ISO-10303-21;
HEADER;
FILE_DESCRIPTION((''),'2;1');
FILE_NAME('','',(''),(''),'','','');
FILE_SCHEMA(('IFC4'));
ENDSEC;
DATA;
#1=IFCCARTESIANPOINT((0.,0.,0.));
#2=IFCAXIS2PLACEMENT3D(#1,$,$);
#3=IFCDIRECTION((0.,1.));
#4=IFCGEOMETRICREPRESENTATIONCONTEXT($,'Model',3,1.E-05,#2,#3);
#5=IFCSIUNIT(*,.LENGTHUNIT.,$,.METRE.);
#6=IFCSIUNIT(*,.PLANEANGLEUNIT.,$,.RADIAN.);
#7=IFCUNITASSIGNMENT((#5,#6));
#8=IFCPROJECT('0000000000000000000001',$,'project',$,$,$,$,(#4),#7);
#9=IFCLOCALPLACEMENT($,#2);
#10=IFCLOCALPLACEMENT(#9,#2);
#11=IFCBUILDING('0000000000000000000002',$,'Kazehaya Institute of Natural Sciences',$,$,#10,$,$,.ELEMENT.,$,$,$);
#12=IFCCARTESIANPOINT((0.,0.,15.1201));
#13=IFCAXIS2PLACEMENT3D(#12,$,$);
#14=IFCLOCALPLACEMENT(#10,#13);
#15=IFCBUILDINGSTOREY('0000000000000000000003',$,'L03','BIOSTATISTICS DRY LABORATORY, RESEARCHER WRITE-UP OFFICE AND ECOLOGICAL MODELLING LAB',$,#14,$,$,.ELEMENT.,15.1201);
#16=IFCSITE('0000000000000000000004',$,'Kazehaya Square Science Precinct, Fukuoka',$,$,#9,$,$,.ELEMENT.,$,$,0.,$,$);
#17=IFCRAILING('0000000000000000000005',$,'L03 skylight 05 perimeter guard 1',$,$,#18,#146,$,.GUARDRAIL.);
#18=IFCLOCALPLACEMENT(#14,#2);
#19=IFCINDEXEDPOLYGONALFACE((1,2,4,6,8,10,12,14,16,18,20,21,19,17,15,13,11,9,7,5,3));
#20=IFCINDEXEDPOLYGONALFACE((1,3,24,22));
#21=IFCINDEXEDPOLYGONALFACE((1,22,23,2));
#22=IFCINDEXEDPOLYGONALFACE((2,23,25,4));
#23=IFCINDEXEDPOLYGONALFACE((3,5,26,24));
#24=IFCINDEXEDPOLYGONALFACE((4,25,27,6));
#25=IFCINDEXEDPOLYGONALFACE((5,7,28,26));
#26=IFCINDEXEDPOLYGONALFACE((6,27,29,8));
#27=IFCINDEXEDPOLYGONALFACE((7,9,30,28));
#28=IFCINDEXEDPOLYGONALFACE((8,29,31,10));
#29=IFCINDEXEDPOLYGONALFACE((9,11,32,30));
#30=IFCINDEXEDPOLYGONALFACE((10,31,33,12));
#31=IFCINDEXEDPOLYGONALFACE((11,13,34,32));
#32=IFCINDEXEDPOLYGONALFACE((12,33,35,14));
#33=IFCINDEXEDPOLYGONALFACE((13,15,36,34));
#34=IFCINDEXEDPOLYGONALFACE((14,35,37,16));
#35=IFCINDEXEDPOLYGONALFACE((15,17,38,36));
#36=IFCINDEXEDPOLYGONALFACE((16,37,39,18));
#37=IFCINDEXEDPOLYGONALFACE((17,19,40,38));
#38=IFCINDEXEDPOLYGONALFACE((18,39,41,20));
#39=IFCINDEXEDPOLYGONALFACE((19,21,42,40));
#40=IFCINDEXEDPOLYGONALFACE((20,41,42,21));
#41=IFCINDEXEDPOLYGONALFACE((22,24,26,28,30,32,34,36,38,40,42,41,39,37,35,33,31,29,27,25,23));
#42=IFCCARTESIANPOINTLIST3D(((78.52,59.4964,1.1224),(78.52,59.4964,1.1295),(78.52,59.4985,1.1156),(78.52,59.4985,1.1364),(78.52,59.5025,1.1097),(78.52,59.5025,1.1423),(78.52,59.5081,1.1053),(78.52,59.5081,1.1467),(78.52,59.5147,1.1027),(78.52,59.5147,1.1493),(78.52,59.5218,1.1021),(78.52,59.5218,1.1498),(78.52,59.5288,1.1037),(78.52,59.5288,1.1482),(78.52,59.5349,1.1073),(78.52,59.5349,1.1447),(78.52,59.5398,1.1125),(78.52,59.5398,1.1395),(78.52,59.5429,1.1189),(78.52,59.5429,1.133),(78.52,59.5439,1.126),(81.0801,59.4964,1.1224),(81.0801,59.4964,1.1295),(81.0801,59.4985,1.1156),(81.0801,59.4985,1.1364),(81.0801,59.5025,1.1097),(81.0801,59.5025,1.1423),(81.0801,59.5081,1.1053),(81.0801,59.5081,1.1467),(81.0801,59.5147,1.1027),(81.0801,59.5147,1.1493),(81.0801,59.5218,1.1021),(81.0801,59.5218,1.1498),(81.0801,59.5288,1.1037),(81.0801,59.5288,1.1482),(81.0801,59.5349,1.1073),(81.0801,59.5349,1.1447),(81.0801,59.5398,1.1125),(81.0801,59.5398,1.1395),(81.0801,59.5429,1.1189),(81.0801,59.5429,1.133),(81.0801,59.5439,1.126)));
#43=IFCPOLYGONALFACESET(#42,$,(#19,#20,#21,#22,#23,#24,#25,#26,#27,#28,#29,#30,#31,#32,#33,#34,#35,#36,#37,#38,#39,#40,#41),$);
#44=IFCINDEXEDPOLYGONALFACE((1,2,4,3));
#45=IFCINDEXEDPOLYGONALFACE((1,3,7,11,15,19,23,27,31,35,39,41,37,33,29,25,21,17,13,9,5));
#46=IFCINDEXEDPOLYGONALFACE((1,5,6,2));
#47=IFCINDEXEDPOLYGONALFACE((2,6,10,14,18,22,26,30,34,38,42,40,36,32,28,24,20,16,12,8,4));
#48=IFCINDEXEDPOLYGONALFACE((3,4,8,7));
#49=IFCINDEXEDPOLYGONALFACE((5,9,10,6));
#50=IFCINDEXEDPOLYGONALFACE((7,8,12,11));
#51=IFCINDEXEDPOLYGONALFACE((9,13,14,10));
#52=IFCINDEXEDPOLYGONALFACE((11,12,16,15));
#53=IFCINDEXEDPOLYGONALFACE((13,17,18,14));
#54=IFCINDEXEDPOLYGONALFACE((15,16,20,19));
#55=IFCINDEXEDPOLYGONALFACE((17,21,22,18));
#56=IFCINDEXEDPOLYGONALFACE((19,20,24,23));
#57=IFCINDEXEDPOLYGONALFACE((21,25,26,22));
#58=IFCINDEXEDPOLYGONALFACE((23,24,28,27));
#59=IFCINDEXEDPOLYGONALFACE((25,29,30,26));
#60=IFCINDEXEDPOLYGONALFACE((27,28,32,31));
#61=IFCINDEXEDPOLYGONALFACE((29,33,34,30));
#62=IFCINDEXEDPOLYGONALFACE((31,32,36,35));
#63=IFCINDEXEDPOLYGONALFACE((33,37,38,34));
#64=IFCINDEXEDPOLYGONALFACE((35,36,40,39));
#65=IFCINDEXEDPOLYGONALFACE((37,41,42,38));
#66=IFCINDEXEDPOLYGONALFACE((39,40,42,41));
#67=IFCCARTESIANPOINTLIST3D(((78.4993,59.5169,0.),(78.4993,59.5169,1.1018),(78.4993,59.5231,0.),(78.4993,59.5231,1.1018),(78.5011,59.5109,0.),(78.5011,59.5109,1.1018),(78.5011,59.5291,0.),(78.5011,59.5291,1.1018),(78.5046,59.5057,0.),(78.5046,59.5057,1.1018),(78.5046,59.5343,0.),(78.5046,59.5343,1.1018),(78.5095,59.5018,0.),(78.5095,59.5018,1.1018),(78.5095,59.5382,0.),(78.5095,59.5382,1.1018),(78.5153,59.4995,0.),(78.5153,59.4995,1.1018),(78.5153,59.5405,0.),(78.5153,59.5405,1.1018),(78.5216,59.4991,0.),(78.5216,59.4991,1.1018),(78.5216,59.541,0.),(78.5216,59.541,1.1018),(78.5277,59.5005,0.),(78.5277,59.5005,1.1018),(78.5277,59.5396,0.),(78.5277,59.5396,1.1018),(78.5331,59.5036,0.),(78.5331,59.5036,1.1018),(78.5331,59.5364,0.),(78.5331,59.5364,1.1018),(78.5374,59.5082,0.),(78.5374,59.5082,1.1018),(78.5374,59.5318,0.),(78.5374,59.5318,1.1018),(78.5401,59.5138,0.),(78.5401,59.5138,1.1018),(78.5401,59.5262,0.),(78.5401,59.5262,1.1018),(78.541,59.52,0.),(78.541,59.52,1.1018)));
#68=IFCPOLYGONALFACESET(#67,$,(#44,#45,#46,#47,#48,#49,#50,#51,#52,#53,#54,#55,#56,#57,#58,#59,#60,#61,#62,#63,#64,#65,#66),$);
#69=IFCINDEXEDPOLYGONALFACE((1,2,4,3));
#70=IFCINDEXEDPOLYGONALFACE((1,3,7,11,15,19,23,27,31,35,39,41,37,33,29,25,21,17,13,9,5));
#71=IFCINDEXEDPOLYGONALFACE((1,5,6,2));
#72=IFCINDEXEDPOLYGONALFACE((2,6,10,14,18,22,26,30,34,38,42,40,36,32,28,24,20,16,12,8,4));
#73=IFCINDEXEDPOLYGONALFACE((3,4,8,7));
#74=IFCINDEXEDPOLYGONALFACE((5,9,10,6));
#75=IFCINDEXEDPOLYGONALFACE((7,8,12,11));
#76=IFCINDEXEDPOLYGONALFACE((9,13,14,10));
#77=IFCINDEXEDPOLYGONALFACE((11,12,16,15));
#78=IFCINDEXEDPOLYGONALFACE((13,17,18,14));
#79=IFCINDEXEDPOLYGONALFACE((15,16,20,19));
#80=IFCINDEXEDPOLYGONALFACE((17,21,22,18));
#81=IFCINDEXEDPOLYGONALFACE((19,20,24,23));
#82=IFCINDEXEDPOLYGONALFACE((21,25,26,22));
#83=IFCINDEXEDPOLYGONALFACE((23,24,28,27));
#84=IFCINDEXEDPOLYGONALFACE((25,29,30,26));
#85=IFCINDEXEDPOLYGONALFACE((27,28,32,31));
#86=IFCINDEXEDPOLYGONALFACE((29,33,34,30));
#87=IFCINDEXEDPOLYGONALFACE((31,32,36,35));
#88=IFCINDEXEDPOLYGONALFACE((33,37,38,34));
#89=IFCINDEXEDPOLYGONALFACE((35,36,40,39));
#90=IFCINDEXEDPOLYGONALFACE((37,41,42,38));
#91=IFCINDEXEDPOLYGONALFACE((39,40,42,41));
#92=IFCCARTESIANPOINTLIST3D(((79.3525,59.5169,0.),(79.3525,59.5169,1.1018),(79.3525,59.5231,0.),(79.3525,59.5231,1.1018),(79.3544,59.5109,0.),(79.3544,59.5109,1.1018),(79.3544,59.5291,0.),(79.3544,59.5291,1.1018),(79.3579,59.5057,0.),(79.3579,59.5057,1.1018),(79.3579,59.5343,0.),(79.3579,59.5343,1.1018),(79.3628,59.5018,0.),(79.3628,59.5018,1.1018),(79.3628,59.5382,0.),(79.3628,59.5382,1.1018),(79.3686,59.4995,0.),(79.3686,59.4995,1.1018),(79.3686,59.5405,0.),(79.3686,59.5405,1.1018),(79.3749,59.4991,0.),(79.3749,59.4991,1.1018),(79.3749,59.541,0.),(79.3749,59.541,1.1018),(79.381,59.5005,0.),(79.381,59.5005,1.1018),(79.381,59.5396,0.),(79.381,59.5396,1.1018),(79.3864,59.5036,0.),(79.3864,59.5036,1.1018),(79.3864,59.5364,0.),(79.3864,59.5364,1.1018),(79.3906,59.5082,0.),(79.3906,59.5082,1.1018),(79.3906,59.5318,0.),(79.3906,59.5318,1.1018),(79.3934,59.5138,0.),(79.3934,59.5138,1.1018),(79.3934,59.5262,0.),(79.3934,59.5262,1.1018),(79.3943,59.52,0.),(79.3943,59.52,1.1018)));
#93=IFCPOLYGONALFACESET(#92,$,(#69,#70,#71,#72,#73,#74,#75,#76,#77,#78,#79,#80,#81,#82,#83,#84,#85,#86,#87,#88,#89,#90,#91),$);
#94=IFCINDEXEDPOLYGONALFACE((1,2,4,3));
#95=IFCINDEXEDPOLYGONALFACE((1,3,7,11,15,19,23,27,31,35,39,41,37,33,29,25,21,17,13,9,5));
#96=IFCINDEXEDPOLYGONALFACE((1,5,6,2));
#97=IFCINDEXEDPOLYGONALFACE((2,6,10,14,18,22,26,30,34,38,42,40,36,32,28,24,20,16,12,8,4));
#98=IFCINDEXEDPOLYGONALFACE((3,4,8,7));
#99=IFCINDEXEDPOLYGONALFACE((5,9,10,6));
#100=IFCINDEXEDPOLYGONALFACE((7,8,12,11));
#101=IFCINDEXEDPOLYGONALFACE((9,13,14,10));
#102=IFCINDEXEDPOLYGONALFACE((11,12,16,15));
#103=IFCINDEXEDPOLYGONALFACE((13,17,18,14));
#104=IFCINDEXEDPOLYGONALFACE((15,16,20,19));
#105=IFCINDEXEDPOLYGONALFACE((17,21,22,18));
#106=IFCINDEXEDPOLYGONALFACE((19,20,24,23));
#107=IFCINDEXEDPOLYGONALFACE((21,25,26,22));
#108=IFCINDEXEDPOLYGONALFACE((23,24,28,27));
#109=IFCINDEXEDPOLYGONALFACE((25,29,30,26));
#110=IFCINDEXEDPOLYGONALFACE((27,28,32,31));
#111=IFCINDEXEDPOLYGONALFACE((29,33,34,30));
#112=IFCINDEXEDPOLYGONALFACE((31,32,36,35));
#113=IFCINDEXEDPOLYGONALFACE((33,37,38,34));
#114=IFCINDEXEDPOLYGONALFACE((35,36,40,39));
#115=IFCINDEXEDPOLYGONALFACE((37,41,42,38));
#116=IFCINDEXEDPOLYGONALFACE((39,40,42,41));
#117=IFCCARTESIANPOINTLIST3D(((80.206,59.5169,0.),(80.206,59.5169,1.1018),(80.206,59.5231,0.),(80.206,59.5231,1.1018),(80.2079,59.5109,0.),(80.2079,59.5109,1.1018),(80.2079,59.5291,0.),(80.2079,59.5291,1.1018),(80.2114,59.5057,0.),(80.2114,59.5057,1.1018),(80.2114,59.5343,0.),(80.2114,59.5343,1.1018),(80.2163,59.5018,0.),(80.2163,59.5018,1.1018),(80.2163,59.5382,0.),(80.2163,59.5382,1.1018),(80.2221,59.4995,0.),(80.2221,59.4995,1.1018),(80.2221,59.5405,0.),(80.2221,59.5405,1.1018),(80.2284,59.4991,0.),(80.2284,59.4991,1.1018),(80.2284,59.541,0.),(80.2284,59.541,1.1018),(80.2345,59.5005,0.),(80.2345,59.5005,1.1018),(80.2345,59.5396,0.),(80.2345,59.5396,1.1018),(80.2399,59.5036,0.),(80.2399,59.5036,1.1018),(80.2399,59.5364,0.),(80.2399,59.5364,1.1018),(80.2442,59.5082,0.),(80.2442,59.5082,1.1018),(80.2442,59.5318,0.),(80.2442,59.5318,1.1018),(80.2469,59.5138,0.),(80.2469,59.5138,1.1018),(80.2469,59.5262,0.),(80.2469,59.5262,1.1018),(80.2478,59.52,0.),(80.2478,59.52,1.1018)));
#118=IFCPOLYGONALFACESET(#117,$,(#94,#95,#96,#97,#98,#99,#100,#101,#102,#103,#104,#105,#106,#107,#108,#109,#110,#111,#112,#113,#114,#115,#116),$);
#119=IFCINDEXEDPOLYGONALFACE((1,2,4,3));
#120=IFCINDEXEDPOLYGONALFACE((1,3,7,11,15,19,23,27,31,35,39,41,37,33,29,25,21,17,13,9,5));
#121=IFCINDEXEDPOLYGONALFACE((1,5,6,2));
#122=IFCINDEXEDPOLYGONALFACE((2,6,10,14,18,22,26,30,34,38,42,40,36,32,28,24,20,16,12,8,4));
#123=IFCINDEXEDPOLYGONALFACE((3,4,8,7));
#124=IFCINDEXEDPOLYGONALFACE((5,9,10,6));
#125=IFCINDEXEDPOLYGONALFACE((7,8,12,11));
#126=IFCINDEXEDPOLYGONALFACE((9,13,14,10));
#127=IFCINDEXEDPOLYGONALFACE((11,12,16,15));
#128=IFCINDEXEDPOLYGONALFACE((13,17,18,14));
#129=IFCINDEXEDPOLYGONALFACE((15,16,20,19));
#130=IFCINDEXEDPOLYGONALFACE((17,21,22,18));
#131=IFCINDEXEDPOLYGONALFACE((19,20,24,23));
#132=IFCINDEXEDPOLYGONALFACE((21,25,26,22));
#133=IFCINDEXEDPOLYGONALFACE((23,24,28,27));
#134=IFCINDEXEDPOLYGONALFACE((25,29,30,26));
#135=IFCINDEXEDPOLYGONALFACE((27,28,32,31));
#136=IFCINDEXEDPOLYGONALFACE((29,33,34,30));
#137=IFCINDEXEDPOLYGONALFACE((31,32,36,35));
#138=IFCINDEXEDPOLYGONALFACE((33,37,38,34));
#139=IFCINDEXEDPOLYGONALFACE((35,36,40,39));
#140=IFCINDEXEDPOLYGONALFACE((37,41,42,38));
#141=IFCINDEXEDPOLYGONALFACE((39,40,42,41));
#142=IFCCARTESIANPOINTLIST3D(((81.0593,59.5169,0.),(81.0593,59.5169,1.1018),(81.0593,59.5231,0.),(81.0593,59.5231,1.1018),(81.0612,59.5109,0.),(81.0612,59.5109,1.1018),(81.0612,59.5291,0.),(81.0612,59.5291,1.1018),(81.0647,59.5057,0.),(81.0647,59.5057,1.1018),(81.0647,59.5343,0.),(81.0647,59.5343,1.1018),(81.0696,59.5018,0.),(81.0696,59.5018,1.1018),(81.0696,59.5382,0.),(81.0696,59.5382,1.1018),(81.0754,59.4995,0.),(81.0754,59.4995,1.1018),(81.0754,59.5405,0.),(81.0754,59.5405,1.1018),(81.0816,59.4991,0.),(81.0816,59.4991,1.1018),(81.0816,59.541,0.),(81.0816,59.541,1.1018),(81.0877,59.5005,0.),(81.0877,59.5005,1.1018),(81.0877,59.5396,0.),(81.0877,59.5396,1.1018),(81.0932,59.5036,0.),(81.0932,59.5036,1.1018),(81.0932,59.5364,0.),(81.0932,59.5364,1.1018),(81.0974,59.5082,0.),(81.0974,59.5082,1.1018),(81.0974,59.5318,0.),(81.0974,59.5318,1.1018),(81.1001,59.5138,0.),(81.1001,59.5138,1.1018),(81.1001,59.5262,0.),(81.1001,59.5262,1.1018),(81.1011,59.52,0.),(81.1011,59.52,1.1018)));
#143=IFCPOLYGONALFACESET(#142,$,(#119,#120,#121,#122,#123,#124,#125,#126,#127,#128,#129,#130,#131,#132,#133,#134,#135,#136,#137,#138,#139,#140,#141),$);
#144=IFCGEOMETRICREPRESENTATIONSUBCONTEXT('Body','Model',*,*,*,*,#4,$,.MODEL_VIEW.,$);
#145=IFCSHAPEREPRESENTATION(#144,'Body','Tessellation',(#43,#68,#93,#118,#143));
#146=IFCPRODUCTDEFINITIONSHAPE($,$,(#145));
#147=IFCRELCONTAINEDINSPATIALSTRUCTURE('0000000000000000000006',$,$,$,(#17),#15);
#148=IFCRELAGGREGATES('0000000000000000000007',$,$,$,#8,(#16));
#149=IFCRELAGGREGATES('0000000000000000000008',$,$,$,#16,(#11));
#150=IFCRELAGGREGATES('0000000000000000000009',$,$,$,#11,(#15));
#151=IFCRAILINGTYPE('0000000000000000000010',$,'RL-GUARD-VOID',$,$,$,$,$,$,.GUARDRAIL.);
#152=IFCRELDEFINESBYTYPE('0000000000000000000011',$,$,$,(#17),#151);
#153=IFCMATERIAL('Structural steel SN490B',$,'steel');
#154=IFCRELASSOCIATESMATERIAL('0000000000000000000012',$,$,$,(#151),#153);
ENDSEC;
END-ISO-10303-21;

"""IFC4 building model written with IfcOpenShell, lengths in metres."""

from ifc_helpers import new_model, si_unit, direction, frame, origin, origin_2d, place, context, subcontext, project, spatial, circle, extrude, material, type_object, element, save


model = new_model("IFC4")

# Units and contexts
model_context = context("Model", 3, precision=1e-05, world=origin(), true_north=direction((0.0, 1.0)))
body_context = subcontext(model_context, "Body", "Model", "MODEL_VIEW")
ifc_project = project(units=[si_unit("LENGTHUNIT", "METRE"), si_unit("PLANEANGLEUNIT", "RADIAN")], contexts=[model_context])

# Site, building, storey
site_placement = place(None, origin())
site = spatial("IfcSite", under=ifc_project, at=site_placement, Name="Kazehaya Square Science Precinct, Fukuoka", CompositionType="ELEMENT", RefElevation=0.0)
building_placement = place(site_placement, origin())
building = spatial("IfcBuilding", under=site, at=building_placement, Name="Kazehaya Institute of Natural Sciences", CompositionType="ELEMENT")
storey_placement = place(building_placement, frame((0.0, 0.0, 15.1201)))
storey = spatial("IfcBuildingStorey", under=building, at=storey_placement, Name="L03", Description="BIOSTATISTICS DRY LABORATORY, RESEARCHER WRITE-UP OFFICE AND ECOLOGICAL MODELLING LAB", CompositionType="ELEMENT", Elevation=15.1201)

# Railing
ifc_material_1 = material(Name="Structural steel SN490B", Category="steel")
railing_type = type_object("IfcRailingType", Name="RL-GUARD-VOID", PredefinedType="GUARDRAIL", material=ifc_material_1)
railing_1_placement = place(storey_placement, frame((78.52, 59.52, 0.0)))
element("IfcRailing", 1, at=railing_1_placement, inside=storey, type_object=railing_type, Name="L03 skylight 05 perimeter guard 1", PredefinedType="GUARDRAIL", context=body_context, shape_type="SweptSolid", body=[
    extrude(circle(Radius=0.0239, at=origin_2d()), frame((0.0, 0.0, 1.126), z_axis=(1.0, 0.0, 0.0), x_axis=(0.0, 1.0, 0.0)), (0.0, 0.0, 1.0), 2.5601),
    extrude(circle(Radius=0.021, at=origin_2d()), origin(), (0.0, 0.0, 1.0), 1.1018),
    extrude(circle(Radius=0.021, at=origin_2d()), frame((0.8533, 0.0, 0.0)), (0.0, 0.0, 1.0), 1.1018),
    extrude(circle(Radius=0.021, at=origin_2d()), frame((1.7068, 0.0, 0.0)), (0.0, 0.0, 1.0), 1.1018),
    extrude(circle(Radius=0.021, at=origin_2d()), frame((2.5601, 0.0, 0.0)), (0.0, 0.0, 1.0), 1.1018),
])

save(model, "model.ifc")
